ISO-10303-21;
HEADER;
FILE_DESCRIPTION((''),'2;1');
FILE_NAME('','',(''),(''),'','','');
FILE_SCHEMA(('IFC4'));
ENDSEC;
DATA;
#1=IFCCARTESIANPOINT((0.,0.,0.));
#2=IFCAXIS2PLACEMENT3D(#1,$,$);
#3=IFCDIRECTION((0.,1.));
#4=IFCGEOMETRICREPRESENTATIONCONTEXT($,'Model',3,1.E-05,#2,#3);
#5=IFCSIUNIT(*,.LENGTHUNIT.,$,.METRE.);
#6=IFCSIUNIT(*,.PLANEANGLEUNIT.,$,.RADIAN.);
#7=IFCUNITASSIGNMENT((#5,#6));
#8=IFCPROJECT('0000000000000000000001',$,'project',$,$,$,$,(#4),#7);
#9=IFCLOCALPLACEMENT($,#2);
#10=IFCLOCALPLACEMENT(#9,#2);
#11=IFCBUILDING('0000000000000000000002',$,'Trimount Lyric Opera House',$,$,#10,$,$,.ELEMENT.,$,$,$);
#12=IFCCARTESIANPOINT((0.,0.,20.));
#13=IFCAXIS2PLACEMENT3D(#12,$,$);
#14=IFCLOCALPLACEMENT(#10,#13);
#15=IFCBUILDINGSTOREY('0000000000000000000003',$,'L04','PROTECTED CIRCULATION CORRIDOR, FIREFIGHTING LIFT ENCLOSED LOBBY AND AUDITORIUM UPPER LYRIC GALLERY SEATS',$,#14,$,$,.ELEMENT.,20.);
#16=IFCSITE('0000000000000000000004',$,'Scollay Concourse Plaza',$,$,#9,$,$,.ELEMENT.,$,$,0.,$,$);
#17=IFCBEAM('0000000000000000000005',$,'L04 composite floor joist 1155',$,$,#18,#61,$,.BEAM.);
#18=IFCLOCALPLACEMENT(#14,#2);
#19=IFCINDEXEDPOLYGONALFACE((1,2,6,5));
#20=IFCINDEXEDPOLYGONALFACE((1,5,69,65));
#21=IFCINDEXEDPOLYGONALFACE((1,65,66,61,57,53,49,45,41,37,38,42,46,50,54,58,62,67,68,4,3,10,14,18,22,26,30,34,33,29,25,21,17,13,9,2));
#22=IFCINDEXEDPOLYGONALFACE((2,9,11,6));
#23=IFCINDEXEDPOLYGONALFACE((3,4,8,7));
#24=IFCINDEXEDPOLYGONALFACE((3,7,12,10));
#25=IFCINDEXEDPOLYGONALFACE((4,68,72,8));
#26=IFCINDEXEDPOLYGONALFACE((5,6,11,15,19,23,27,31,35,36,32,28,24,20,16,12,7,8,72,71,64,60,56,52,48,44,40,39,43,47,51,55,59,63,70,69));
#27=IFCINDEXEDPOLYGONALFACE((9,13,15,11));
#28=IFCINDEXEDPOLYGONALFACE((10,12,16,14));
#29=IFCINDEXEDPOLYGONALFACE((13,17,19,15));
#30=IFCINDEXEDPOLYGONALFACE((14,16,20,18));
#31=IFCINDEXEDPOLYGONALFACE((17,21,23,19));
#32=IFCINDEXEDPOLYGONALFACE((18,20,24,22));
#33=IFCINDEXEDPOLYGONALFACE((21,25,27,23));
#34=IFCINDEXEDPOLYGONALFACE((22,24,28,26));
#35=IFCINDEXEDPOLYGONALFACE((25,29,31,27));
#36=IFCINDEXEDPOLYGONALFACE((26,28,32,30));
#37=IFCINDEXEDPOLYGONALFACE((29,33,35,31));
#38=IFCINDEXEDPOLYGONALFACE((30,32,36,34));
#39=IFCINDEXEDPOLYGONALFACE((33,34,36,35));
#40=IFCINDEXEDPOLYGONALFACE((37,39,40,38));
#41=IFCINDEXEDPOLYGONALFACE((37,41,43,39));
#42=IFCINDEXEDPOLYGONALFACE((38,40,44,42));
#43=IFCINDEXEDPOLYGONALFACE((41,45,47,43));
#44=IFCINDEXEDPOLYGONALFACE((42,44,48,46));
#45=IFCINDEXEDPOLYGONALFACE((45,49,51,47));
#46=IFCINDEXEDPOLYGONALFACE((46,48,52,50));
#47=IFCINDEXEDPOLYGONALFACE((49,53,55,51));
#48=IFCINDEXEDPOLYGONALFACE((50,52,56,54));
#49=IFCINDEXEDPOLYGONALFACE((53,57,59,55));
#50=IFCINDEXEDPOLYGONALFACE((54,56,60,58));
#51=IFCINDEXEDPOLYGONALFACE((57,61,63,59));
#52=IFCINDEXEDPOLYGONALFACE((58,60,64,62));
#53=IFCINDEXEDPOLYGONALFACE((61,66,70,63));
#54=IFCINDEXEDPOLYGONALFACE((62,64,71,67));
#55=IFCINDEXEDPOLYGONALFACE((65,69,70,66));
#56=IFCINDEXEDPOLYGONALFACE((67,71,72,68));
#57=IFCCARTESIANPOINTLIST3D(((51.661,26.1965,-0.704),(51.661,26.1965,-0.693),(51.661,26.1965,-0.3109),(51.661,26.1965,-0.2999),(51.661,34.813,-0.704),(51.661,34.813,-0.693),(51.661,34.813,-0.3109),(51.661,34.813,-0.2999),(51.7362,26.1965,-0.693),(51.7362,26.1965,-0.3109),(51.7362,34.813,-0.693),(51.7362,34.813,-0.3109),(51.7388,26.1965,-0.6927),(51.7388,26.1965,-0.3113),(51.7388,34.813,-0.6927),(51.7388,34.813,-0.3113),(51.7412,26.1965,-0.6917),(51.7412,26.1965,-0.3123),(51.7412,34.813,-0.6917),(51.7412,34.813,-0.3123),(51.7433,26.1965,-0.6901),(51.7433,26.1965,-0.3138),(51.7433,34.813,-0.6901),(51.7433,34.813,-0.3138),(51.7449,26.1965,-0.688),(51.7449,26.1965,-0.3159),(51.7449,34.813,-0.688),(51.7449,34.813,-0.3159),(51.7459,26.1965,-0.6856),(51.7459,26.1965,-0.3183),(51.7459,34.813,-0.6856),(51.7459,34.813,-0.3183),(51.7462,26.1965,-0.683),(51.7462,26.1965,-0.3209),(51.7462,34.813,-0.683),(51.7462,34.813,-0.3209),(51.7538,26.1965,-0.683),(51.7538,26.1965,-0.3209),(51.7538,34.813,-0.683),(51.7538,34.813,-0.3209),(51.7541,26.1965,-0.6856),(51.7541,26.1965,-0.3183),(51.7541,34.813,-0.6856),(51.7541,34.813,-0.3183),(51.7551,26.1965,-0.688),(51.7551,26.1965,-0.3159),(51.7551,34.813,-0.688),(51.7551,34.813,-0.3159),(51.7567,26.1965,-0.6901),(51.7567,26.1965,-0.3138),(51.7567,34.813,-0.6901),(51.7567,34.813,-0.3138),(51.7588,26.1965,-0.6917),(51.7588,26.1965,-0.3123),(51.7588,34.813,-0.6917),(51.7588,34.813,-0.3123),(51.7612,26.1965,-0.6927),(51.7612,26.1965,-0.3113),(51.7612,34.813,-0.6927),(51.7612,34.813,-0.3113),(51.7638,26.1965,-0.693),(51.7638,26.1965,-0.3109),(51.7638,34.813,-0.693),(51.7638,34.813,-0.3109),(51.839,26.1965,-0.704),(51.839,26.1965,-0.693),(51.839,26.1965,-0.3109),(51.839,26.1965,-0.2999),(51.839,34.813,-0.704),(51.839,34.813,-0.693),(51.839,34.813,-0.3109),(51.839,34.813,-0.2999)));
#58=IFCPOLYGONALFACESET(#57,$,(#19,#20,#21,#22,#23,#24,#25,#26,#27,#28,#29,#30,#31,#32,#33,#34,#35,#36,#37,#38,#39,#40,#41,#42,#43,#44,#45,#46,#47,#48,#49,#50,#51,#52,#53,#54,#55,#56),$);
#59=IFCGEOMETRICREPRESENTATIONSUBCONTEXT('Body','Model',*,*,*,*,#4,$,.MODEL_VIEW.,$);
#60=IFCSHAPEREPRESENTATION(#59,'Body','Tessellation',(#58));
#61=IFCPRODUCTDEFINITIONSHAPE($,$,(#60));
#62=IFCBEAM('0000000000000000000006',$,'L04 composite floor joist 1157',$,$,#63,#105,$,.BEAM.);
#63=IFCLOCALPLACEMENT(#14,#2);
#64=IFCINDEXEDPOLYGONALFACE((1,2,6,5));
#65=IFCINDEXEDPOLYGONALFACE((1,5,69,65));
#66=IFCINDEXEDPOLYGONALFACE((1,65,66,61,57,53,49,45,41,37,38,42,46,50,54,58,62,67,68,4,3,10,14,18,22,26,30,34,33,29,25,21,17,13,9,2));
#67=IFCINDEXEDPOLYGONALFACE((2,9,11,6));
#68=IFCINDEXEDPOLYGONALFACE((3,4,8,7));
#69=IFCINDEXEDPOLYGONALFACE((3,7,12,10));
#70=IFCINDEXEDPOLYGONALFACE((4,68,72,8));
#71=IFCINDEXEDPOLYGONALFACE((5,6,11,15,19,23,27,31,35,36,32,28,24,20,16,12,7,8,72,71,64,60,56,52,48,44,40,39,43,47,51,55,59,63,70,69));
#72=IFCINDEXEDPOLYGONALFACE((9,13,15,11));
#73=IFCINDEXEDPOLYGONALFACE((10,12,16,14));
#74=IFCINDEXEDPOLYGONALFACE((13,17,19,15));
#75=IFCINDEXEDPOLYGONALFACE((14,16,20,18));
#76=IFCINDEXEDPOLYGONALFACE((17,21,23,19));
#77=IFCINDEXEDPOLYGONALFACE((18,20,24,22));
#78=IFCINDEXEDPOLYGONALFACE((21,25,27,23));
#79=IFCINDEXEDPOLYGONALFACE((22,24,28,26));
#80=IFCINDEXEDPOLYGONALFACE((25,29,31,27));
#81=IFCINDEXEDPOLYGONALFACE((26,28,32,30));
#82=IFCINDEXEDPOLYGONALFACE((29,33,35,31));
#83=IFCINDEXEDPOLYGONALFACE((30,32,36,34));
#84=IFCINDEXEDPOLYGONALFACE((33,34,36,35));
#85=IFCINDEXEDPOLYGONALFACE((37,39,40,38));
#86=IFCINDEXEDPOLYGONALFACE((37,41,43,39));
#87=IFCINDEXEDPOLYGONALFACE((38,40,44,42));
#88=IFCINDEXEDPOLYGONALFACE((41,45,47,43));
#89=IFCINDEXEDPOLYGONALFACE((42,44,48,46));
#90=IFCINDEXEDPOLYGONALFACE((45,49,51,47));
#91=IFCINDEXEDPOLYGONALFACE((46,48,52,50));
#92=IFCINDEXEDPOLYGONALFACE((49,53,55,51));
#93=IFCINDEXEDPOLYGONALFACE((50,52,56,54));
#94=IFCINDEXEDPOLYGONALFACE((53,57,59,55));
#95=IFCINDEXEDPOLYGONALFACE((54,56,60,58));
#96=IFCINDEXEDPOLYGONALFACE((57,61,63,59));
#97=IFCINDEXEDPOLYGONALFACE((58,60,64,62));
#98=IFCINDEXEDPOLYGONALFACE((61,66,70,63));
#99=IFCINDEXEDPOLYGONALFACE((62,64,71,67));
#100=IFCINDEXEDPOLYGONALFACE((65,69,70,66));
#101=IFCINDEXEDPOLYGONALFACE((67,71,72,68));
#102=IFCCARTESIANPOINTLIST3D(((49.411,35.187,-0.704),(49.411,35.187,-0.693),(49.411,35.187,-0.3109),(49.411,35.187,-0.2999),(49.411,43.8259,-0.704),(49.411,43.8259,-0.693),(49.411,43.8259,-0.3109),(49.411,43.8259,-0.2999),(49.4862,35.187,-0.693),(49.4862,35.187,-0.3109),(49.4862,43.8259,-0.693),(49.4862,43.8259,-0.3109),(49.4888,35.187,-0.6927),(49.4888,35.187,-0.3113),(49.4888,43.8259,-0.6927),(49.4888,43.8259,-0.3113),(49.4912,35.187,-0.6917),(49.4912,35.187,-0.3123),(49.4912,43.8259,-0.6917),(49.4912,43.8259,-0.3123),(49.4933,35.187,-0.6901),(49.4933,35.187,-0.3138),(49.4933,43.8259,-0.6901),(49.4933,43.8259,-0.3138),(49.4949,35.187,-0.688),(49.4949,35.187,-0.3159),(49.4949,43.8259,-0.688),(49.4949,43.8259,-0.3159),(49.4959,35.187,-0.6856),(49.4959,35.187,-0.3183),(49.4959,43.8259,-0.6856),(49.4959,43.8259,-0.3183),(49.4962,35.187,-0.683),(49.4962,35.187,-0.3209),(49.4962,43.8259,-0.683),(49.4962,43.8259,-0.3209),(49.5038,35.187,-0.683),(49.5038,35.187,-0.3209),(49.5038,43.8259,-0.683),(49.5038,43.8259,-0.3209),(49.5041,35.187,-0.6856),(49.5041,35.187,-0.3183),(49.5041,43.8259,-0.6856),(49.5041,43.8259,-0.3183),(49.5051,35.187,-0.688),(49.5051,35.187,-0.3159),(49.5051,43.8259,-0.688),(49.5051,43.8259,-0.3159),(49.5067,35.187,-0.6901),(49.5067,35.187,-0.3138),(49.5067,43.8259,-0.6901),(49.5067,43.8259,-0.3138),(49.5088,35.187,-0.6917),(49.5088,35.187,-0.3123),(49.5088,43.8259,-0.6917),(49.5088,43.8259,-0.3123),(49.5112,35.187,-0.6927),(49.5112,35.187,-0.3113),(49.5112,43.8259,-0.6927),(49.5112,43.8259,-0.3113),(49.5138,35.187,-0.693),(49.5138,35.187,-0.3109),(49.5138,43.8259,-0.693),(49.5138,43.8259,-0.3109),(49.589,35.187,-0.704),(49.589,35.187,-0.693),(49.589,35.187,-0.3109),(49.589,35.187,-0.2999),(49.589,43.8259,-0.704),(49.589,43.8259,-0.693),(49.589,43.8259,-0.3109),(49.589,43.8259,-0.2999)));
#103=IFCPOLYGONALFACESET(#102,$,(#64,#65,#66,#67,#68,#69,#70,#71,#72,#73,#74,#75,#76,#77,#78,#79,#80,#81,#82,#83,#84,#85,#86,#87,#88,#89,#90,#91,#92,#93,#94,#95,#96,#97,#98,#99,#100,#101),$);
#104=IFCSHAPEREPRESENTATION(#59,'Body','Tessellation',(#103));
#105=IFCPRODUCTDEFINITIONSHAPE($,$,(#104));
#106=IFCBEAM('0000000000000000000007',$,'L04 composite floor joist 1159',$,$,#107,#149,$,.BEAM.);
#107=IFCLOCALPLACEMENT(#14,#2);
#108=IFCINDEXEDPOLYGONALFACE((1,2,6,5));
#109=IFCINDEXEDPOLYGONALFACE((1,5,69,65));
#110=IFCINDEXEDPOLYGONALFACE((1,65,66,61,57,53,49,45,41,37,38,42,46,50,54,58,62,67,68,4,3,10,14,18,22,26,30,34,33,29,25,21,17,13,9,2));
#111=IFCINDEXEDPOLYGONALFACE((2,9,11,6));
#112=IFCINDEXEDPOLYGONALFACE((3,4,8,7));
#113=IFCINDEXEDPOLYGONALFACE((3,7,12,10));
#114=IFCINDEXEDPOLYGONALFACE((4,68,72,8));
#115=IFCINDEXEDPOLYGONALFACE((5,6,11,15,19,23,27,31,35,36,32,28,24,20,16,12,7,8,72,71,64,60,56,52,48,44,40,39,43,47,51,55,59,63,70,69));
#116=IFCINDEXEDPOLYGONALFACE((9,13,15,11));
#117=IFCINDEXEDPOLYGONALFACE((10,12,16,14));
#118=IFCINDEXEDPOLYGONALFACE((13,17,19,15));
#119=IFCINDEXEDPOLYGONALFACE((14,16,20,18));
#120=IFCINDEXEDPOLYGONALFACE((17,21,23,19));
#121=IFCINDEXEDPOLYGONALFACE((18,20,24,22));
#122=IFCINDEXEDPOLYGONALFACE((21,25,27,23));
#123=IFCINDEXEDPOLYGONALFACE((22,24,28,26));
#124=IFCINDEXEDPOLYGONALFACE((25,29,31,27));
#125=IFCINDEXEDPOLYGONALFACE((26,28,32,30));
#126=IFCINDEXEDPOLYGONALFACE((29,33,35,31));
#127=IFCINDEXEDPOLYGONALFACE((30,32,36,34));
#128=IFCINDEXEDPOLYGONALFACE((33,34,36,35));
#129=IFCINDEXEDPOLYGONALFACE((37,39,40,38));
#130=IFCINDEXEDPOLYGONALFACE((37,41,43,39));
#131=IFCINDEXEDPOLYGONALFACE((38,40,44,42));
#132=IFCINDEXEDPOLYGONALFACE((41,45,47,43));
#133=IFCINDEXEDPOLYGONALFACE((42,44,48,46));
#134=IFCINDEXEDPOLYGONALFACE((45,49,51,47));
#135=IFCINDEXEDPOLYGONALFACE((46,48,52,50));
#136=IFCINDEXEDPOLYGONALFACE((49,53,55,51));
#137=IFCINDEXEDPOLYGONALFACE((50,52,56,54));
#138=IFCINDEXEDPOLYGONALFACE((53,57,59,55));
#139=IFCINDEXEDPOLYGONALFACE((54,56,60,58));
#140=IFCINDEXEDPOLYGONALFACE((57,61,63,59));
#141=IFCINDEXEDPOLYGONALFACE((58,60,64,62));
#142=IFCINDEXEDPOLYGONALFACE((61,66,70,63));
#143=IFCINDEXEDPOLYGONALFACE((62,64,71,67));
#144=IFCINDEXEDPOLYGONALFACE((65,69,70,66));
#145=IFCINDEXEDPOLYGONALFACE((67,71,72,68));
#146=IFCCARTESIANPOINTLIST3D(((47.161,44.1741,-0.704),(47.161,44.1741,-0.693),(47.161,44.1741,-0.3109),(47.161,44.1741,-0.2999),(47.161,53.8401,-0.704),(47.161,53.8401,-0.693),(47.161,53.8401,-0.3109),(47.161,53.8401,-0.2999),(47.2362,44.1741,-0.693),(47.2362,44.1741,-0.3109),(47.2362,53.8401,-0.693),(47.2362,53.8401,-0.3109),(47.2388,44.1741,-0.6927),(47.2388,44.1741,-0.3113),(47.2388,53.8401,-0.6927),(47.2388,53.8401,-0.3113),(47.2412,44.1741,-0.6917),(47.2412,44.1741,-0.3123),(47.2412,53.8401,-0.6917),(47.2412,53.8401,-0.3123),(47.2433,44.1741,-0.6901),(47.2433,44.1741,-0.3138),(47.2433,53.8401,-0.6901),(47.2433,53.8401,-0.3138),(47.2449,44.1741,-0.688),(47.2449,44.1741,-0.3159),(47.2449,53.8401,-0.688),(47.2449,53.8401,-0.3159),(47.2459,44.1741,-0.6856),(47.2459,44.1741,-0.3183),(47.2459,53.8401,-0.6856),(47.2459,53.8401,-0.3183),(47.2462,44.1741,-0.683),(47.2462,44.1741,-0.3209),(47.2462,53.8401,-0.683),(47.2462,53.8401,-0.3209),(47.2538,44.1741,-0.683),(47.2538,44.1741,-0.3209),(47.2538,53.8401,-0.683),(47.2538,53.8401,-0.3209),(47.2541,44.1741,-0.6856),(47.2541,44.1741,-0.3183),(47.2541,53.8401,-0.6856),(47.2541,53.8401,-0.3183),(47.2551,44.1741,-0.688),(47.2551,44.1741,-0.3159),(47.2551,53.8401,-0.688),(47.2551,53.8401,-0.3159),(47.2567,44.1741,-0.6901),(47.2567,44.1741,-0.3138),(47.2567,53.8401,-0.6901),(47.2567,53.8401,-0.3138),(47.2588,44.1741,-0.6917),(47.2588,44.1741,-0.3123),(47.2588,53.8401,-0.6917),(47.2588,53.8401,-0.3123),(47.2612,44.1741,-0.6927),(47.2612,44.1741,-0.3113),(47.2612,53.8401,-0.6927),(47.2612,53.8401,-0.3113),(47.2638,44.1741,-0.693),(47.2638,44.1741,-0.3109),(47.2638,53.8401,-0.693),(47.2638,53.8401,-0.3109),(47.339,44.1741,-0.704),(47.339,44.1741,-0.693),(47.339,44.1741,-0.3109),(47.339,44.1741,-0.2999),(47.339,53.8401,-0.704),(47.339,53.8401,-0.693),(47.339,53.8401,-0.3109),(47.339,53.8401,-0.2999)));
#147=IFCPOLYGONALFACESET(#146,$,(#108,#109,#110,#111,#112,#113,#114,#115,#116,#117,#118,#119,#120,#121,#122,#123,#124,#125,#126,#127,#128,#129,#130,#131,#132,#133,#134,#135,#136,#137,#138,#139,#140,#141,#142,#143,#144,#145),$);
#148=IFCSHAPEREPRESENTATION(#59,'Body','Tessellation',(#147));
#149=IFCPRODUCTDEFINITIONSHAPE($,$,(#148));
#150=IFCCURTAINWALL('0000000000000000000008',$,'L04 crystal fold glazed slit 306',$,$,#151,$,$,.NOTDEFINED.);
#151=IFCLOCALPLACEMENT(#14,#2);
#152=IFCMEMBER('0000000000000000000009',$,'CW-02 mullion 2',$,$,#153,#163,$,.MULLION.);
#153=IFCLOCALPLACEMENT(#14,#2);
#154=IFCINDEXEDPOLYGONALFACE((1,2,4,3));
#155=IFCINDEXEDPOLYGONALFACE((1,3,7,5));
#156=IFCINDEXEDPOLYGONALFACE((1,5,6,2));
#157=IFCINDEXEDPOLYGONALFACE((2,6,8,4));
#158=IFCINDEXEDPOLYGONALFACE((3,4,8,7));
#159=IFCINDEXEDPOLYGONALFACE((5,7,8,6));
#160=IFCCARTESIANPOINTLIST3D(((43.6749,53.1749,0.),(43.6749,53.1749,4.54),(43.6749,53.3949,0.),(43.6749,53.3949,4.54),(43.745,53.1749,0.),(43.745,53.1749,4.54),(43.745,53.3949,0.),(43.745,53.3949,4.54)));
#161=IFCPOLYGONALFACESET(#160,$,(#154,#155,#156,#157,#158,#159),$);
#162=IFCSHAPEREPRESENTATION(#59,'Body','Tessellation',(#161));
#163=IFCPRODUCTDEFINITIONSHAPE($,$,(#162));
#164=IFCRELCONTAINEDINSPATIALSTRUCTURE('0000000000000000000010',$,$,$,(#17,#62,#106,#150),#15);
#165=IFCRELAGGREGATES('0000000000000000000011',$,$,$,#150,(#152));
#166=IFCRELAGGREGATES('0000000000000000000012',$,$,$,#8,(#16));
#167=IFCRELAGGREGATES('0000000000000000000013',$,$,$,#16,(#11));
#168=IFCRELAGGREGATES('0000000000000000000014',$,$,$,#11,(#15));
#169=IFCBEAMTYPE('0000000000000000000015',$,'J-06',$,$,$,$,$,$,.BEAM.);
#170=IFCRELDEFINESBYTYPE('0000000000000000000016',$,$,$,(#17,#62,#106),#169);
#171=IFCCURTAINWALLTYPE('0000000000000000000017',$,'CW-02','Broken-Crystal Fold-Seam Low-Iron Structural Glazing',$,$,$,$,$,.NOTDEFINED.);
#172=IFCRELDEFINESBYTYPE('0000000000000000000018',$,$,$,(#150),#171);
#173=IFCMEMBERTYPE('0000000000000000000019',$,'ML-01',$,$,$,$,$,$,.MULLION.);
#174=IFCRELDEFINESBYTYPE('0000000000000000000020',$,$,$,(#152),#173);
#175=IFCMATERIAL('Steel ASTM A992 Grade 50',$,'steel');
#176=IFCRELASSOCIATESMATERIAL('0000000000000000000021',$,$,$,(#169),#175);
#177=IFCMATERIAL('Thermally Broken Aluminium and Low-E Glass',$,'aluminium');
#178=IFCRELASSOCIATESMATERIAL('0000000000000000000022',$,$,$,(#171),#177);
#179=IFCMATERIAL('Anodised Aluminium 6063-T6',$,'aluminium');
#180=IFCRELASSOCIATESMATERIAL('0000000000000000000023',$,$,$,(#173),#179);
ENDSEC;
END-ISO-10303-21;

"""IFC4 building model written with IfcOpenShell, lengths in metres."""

from ifc_helpers import new_model, si_unit, direction, frame, origin, origin_2d, place, context, subcontext, project, spatial, rectangle, i_section, extrude, material, material_profile, profile_set, type_object, element, aggregate, save


model = new_model("IFC4")

# Units and contexts
model_context = context("Model", 3, precision=1e-05, world=origin(), true_north=direction((0.0, 1.0)))
body_context = subcontext(model_context, "Body", "Model", "MODEL_VIEW")
ifc_project = project(units=[si_unit("LENGTHUNIT", "METRE"), si_unit("PLANEANGLEUNIT", "RADIAN")], contexts=[model_context])

# Site, building, storey
site_placement = place(None, origin())
site = spatial("IfcSite", under=ifc_project, at=site_placement, Name="Scollay Concourse Plaza", CompositionType="ELEMENT", RefElevation=0.0)
building_placement = place(site_placement, origin())
building = spatial("IfcBuilding", under=site, at=building_placement, Name="Trimount Lyric Opera House", CompositionType="ELEMENT")
storey_placement = place(building_placement, frame((0.0, 0.0, 20.0)))
storey = spatial("IfcBuildingStorey", under=building, at=storey_placement, Name="L04", Description="PROTECTED CIRCULATION CORRIDOR, FIREFIGHTING LIFT ENCLOSED LOBBY AND AUDITORIUM UPPER LYRIC GALLERY SEATS", CompositionType="ELEMENT", Elevation=20.0)

# Beams
ifc_material_1 = material(Name="Steel ASTM A992 Grade 50", Category="steel")
ifc_material_profile_1 = material_profile(ifc_material_1, i_section(OverallWidth=0.178, OverallDepth=0.4041, WebThickness=0.0076, FlangeThickness=0.011, FilletRadius=0.01, at=origin_2d()), Name="W16X36")
ifc_profile_set_1 = profile_set([ifc_material_profile_1], Name="Steel ASTM A992 Grade 50")
beam_type_1 = type_object("IfcBeamType", Name="J-06", PredefinedType="BEAM", material=ifc_profile_set_1)
beam_1_placement = place(storey_placement, frame((51.75, 26.1965, -0.502), z_axis=(0.0, 1.0, 0.0), x_axis=(-1.0, 0.0, 0.0)))
element("IfcBeam", 1, at=beam_1_placement, inside=storey, type_object=beam_type_1, Name="L04 composite floor joist 1155", PredefinedType="BEAM", context=body_context, shape_type="SweptSolid", body=[
    extrude(i_section(OverallWidth=0.178, OverallDepth=0.4041, WebThickness=0.0076, FlangeThickness=0.011, FilletRadius=0.01, at=origin_2d()), origin(), (0.0, 0.0, 1.0), 8.6165),
])
beam_2_placement = place(storey_placement, frame((49.5, 35.187, -0.502), z_axis=(0.0, 1.0, 0.0), x_axis=(-1.0, 0.0, 0.0)))
element("IfcBeam", 2, at=beam_2_placement, inside=storey, type_object=beam_type_1, Name="L04 composite floor joist 1157", PredefinedType="BEAM", context=body_context, shape_type="SweptSolid", body=[
    extrude(i_section(OverallWidth=0.178, OverallDepth=0.4041, WebThickness=0.0076, FlangeThickness=0.011, FilletRadius=0.01, at=origin_2d()), origin(), (0.0, 0.0, 1.0), 8.6389),
])
beam_3_placement = place(storey_placement, frame((47.25, 44.1741, -0.502), z_axis=(0.0, 1.0, 0.0), x_axis=(-1.0, 0.0, 0.0)))
element("IfcBeam", 3, at=beam_3_placement, inside=storey, type_object=beam_type_1, Name="L04 composite floor joist 1159", PredefinedType="BEAM", context=body_context, shape_type="SweptSolid", body=[
    extrude(i_section(OverallWidth=0.178, OverallDepth=0.4041, WebThickness=0.0076, FlangeThickness=0.011, FilletRadius=0.01, at=origin_2d()), origin(), (0.0, 0.0, 1.0), 9.666),
])

# Curtain wall, member
ifc_material_2 = material(Name="Thermally Broken Aluminium and Low-E Glass", Category="aluminium")
curtain_wall_type = type_object("IfcCurtainWallType", Name="CW-02", Description="Broken-Crystal Fold-Seam Low-Iron Structural Glazing", PredefinedType="NOTDEFINED", material=ifc_material_2)
curtain_wall_placement = place(storey_placement, origin())
curtain_wall = element("IfcCurtainWall", 4, at=curtain_wall_placement, inside=storey, type_object=curtain_wall_type, Name="L04 crystal fold glazed slit 306", PredefinedType="NOTDEFINED")
ifc_material_3 = material(Name="Anodised Aluminium 6063-T6", Category="aluminium")
ifc_material_profile_2 = material_profile(ifc_material_3, rectangle(XDim=0.0701, YDim=0.22, at=origin_2d()), Name="ALU-MULL-70X220")
ifc_profile_set_2 = profile_set([ifc_material_profile_2], Name="Anodised Aluminium 6063-T6")
member_type = type_object("IfcMemberType", Name="ML-01", PredefinedType="MULLION", material=ifc_profile_set_2)
member_placement = place(storey_placement, frame((43.71, 53.2849, 0.0), z_axis=(0.0, 0.0, 1.0), x_axis=(-1.0, 0.0, 0.0)))
member = element("IfcMember", 5, at=member_placement, type_object=member_type, Name="CW-02 mullion 2", PredefinedType="MULLION", context=body_context, shape_type="SweptSolid", body=[
    extrude(rectangle(XDim=0.0701, YDim=0.22, at=origin_2d()), origin(), (0.0, 0.0, 1.0), 4.54),
])

aggregate(curtain_wall, [member])

save(model, "model.ifc")
